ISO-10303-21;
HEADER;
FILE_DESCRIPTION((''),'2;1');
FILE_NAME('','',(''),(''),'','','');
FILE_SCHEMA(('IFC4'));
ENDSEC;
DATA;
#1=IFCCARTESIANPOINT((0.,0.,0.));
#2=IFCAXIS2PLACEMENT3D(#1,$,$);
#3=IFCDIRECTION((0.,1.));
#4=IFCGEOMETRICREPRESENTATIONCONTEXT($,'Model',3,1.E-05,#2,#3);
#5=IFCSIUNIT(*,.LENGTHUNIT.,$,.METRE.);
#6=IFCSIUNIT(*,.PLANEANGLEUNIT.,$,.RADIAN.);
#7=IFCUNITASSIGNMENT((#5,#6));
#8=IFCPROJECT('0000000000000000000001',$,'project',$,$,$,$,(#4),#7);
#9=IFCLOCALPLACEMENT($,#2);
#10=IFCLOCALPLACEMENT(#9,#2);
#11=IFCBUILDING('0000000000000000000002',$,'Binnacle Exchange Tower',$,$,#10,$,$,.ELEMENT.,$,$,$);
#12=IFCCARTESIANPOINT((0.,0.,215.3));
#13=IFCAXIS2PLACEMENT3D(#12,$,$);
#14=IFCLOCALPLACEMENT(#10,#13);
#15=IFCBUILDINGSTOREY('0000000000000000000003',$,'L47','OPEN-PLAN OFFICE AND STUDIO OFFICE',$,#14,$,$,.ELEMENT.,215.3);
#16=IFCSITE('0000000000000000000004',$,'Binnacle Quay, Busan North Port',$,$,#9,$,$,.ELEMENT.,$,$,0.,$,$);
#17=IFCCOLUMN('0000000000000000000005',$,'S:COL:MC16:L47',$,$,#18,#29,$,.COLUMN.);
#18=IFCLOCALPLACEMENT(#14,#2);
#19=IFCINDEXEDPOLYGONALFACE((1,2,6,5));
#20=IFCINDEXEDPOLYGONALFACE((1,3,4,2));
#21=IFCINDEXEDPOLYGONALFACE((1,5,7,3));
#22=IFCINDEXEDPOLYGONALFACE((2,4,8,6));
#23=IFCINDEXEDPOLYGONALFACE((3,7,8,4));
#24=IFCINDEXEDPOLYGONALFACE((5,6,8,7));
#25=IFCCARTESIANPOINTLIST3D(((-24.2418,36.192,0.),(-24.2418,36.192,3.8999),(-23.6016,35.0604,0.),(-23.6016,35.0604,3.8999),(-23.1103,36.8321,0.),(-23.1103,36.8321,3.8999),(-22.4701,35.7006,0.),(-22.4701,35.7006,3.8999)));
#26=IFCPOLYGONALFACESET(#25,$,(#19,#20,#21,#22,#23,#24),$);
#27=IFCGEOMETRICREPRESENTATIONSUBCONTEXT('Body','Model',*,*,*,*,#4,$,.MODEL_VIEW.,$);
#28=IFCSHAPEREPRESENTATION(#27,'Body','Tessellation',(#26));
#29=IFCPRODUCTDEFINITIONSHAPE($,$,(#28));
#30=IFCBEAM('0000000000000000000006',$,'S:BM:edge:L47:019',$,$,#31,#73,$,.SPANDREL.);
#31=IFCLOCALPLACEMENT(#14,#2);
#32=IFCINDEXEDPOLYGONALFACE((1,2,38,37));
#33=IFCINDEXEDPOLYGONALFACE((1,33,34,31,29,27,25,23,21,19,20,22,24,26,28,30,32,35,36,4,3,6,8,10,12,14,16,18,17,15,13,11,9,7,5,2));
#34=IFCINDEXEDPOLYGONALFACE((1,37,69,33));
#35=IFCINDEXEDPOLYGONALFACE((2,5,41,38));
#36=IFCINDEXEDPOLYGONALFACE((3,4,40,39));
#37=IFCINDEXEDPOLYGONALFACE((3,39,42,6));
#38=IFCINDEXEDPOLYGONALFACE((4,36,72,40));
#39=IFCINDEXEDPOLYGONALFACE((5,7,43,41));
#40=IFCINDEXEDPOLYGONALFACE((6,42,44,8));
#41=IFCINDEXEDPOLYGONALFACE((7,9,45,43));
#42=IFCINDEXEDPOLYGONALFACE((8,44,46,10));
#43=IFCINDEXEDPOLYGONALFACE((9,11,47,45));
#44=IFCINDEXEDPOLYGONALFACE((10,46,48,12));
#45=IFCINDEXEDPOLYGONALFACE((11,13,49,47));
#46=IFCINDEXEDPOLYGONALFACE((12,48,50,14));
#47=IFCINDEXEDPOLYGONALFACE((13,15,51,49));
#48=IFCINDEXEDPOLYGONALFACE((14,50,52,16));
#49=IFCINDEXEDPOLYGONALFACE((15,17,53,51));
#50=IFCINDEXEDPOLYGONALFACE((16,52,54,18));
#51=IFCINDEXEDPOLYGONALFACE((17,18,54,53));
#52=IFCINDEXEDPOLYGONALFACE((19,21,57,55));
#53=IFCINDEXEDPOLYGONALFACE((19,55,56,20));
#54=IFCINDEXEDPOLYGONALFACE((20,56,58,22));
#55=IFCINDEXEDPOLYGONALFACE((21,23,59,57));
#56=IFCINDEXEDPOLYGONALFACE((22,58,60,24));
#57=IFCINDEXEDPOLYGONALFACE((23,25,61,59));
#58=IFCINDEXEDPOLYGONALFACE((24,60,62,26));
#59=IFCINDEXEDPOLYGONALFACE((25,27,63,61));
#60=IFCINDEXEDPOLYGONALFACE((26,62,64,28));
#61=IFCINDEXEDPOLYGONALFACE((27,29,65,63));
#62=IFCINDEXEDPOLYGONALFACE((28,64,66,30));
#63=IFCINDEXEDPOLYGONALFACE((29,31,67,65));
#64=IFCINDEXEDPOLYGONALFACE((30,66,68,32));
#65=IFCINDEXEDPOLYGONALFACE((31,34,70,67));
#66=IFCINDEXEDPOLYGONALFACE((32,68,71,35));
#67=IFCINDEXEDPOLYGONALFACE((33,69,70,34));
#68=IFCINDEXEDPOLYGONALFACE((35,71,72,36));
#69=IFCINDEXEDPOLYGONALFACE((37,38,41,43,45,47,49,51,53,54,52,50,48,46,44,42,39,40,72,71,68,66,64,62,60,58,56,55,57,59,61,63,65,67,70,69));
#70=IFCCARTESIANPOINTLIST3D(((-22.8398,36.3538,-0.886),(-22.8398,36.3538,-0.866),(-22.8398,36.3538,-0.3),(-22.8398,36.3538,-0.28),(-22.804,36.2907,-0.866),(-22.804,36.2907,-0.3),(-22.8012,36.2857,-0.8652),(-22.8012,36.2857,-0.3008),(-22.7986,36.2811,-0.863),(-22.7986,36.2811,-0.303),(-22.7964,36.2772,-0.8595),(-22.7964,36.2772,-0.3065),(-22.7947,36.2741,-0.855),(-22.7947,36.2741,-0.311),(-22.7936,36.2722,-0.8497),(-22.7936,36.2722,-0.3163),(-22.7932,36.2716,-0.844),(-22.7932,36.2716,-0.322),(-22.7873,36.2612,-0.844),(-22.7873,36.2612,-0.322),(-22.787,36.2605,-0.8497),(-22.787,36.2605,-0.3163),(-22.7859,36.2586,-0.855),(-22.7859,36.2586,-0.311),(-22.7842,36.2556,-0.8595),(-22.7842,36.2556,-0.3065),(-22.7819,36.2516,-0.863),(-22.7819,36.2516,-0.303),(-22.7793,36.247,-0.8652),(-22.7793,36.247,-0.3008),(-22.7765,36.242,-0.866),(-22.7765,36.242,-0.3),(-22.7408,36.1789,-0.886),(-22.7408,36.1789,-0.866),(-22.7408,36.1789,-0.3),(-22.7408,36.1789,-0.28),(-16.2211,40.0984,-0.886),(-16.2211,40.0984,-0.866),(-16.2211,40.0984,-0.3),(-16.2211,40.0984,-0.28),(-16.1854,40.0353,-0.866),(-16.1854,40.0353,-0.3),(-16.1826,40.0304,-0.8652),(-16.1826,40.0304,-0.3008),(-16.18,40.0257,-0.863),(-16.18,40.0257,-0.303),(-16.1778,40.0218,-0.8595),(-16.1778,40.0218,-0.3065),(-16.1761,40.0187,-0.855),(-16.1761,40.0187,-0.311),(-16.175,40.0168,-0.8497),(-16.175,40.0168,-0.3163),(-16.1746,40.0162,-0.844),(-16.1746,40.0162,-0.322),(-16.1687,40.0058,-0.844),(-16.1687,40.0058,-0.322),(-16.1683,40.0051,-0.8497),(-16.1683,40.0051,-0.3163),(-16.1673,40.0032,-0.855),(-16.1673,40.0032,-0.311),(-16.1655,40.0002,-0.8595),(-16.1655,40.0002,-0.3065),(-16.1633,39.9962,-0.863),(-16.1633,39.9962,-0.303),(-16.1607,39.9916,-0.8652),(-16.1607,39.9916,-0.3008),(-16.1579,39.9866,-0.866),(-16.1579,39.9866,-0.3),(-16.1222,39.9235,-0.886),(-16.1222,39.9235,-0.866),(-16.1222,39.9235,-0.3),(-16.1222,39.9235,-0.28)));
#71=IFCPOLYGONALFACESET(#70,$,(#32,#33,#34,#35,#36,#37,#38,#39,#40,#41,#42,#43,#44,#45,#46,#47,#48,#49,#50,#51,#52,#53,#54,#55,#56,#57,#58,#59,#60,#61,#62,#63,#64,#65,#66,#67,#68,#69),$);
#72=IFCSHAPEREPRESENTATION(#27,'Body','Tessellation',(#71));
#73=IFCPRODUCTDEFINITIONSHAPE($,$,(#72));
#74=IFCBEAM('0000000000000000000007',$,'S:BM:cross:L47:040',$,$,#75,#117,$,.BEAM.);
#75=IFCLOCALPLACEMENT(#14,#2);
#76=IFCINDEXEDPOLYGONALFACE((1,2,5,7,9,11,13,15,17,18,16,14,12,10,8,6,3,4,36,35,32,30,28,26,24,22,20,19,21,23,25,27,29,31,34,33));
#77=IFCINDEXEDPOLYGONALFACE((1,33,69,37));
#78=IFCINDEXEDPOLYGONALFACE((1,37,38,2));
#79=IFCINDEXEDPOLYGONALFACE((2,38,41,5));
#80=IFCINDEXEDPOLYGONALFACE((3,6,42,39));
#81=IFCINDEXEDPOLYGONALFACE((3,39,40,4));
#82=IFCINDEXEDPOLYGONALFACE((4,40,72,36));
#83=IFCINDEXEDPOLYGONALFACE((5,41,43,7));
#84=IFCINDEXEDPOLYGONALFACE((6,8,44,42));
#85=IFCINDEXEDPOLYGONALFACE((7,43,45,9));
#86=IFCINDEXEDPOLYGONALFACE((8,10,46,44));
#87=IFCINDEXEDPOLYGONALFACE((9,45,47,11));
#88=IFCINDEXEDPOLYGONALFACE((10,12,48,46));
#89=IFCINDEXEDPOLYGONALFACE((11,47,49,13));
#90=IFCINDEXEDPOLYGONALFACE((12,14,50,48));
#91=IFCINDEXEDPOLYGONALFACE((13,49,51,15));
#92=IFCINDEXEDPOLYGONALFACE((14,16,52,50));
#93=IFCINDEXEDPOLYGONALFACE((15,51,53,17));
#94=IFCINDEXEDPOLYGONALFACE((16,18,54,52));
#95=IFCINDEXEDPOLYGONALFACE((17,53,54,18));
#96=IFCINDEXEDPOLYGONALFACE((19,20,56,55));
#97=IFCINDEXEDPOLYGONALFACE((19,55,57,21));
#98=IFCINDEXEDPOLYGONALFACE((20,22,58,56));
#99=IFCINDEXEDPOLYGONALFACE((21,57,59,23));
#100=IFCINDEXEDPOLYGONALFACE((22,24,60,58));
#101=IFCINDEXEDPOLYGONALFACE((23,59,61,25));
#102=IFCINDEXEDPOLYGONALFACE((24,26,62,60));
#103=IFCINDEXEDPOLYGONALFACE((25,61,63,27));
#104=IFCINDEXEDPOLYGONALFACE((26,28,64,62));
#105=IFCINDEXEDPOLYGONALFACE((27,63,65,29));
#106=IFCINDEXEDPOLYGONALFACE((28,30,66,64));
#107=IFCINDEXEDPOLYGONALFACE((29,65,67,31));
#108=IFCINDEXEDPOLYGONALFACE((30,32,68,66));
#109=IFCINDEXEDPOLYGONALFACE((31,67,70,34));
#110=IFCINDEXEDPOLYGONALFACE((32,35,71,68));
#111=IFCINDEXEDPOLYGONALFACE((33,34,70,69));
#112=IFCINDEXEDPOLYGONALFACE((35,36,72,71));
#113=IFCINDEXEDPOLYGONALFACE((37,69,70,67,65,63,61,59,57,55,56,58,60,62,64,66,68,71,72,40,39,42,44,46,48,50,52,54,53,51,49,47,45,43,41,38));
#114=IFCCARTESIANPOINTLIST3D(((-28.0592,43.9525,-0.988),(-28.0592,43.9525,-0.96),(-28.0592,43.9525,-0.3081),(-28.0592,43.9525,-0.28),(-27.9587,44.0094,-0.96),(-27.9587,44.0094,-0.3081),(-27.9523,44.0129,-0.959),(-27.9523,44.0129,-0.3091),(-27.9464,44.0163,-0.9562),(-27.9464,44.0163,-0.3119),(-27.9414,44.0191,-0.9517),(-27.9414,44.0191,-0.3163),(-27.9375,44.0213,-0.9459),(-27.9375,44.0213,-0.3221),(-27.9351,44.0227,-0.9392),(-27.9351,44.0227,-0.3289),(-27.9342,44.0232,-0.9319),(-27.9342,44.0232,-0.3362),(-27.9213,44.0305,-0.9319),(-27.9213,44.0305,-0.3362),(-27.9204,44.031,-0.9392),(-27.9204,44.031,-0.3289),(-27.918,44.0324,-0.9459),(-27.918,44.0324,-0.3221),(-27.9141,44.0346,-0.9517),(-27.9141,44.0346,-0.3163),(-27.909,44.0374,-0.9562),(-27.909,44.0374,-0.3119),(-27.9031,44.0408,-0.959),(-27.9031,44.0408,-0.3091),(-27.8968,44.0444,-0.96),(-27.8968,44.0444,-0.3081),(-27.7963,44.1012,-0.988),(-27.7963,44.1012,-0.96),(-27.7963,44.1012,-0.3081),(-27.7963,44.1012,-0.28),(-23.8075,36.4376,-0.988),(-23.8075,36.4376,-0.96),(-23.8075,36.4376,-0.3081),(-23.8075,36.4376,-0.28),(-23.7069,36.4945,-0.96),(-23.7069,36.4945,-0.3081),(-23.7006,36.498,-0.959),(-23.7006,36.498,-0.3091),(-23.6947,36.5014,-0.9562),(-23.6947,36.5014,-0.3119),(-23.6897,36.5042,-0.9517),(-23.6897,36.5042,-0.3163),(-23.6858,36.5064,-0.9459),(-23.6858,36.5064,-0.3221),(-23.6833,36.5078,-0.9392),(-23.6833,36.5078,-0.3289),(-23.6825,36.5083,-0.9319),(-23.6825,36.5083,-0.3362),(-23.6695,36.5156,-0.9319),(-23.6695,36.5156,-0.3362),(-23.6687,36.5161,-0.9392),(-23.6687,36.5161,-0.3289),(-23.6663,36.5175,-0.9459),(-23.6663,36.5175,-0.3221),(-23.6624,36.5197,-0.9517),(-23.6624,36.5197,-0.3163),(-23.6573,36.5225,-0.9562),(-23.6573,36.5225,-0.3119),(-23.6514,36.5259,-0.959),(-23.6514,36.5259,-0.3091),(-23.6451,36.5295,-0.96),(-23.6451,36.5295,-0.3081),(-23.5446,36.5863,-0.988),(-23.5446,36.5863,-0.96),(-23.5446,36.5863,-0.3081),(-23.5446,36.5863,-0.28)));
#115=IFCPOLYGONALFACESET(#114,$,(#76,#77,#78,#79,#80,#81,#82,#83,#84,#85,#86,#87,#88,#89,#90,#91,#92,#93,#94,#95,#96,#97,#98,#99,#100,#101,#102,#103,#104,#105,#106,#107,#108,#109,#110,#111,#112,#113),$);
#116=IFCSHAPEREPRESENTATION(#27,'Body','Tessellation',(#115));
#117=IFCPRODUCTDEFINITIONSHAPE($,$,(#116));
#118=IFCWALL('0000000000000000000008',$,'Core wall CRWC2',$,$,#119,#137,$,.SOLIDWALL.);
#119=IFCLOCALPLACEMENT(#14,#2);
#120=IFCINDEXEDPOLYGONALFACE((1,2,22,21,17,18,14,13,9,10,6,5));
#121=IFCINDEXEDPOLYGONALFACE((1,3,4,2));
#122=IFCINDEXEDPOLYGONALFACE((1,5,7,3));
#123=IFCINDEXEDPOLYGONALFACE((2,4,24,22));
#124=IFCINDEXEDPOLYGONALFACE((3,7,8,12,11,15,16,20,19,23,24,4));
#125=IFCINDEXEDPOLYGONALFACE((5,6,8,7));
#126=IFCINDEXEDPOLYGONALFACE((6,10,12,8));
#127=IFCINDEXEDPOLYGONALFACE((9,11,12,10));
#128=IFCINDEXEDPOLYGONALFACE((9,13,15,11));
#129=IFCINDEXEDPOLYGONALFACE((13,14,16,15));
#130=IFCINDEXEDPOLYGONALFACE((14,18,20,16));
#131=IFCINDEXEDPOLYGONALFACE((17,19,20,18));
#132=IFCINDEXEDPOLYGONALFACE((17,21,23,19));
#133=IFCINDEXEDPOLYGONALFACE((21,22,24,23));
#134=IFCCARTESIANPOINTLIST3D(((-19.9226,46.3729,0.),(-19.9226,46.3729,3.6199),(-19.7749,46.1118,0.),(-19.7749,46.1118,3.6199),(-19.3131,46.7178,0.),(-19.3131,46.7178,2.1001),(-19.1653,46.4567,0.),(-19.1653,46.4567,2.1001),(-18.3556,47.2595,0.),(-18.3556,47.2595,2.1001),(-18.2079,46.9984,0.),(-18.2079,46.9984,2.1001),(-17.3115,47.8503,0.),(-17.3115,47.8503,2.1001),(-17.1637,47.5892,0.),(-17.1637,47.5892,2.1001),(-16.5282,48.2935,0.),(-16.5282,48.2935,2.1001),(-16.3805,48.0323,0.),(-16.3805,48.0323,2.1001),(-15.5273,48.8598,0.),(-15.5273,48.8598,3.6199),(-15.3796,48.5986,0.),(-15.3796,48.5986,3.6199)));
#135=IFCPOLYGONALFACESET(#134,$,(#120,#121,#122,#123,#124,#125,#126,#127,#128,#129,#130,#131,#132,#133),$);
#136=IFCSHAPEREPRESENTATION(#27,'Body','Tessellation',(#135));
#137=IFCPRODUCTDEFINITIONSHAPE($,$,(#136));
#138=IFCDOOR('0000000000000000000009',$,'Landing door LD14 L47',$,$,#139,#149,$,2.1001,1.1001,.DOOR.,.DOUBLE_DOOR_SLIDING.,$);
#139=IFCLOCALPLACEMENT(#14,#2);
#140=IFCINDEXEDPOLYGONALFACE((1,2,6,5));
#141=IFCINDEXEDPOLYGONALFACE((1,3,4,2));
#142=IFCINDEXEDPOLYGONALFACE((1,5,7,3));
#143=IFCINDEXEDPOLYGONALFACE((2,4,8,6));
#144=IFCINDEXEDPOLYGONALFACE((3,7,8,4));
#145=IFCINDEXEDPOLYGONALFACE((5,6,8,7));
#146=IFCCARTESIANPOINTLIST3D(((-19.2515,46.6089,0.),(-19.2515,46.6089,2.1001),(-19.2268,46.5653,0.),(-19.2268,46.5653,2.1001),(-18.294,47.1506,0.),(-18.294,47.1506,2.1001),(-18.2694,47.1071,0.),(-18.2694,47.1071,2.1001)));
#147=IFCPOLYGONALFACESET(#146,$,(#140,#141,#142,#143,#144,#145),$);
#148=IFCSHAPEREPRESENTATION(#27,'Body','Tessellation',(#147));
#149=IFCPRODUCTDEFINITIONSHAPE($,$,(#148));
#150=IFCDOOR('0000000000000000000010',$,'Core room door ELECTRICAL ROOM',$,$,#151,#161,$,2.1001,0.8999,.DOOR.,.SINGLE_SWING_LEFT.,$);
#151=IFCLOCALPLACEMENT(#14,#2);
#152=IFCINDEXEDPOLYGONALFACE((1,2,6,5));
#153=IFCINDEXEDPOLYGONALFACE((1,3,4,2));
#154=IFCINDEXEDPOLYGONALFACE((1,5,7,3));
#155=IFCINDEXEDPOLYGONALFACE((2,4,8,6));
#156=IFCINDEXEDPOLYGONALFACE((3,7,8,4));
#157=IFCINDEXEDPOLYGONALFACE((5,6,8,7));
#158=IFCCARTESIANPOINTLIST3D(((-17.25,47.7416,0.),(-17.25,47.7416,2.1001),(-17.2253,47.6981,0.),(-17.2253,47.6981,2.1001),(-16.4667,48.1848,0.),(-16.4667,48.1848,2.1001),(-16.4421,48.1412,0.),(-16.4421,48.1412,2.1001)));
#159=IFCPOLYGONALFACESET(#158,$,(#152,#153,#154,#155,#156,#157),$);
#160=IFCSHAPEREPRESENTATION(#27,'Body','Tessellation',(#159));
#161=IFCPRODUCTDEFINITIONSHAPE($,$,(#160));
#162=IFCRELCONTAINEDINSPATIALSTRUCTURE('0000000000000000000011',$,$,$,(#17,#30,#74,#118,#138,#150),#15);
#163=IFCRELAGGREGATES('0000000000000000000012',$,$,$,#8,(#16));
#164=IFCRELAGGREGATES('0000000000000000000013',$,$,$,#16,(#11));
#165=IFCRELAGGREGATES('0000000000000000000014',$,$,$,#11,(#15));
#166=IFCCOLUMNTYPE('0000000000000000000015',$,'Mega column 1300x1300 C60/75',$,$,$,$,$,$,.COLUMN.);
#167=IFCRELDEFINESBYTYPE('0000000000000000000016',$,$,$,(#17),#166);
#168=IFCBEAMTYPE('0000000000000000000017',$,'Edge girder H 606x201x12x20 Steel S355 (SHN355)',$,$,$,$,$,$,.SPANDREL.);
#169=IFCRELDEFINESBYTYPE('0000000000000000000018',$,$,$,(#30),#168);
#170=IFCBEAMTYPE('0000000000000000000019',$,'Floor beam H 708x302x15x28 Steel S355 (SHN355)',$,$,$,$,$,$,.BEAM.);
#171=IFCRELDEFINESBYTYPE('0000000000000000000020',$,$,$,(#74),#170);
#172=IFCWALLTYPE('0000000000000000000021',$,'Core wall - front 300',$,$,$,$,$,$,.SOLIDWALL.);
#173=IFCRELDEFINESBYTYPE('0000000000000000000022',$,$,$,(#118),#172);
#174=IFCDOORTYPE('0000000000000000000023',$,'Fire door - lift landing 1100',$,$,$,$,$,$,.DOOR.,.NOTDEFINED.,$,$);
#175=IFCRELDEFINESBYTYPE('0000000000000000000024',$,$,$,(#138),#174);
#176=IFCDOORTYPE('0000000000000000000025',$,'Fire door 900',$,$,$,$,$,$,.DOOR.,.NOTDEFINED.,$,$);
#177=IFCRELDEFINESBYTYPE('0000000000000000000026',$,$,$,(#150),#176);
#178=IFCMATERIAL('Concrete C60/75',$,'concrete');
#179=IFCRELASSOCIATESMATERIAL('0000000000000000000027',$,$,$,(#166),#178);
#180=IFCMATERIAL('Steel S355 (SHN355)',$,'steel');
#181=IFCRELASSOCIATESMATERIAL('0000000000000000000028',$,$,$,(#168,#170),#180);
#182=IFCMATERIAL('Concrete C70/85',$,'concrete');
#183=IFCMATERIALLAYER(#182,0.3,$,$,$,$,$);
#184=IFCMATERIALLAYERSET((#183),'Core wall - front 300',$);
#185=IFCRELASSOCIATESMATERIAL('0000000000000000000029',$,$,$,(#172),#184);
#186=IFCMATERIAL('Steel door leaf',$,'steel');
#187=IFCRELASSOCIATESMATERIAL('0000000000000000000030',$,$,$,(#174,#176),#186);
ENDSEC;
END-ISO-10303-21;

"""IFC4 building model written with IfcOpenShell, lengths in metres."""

from ifc_helpers import new_model, si_unit, direction, frame, frame_2d, origin, origin_2d, place, context, subcontext, project, spatial, rectangle, i_section, extrude, material, layer, layer_set, material_profile, profile_set, type_object, element, fill, save


model = new_model("IFC4")

# Units and contexts
model_context = context("Model", 3, precision=1e-05, world=origin(), true_north=direction((0.0, 1.0)))
body_context = subcontext(model_context, "Body", "Model", "MODEL_VIEW")
ifc_project = project(units=[si_unit("LENGTHUNIT", "METRE"), si_unit("PLANEANGLEUNIT", "RADIAN")], contexts=[model_context])

# Site, building, storey
site_placement = place(None, origin())
site = spatial("IfcSite", under=ifc_project, at=site_placement, Name="Binnacle Quay, Busan North Port", CompositionType="ELEMENT", RefElevation=0.0)
building_placement = place(site_placement, origin())
building = spatial("IfcBuilding", under=site, at=building_placement, Name="Binnacle Exchange Tower", CompositionType="ELEMENT")
storey_placement = place(building_placement, frame((0.0, 0.0, 215.3)))
storey = spatial("IfcBuildingStorey", under=building, at=storey_placement, Name="L47", Description="OPEN-PLAN OFFICE AND STUDIO OFFICE", CompositionType="ELEMENT", Elevation=215.3)

# Column
ifc_material_1 = material(Name="Concrete C60/75", Category="concrete")
ifc_material_profile_1 = material_profile(ifc_material_1, rectangle(XDim=1.3, YDim=1.3, at=origin_2d()), Name="Mega column 1300x1300 C60/75")
ifc_profile_set_1 = profile_set([ifc_material_profile_1], Name="Concrete C60/75")
column_type = type_object("IfcColumnType", Name="Mega column 1300x1300 C60/75", PredefinedType="COLUMN", material=ifc_profile_set_1)
column_placement = place(storey_placement, frame((-23.356, 35.9463, 0.0), z_axis=(0.0, 0.0, 1.0), x_axis=(0.870356, 0.492424, 0.0)))
element("IfcColumn", 1, at=column_placement, inside=storey, type_object=column_type, Name="S:COL:MC16:L47", PredefinedType="COLUMN", context=body_context, shape_type="SweptSolid", body=[
    extrude(rectangle(XDim=1.3, YDim=1.3, at=origin_2d()), origin(), (0.0, 0.0, 1.0), 3.8999),
])

# Beams
ifc_material_2 = material(Name="Steel S355 (SHN355)", Category="steel")
ifc_material_profile_2 = material_profile(ifc_material_2, i_section(OverallWidth=0.2009, OverallDepth=0.606, WebThickness=0.012, FlangeThickness=0.02, FilletRadius=0.022, at=origin_2d()), Name="H 606x201x12x20")
ifc_profile_set_2 = profile_set([ifc_material_profile_2], Name="Steel S355 (SHN355)")
beam_type_1 = type_object("IfcBeamType", Name="Edge girder H 606x201x12x20 Steel S355 (SHN355)", PredefinedType="SPANDREL", material=ifc_profile_set_2)
beam_1_placement = place(storey_placement, frame((-22.7903, 36.2664, -0.583), z_axis=(0.870357, 0.492421, 0.0), x_axis=(-0.492421, 0.870357, 0.0)))
element("IfcBeam", 2, at=beam_1_placement, inside=storey, type_object=beam_type_1, Name="S:BM:edge:L47:019", PredefinedType="SPANDREL", context=body_context, shape_type="SweptSolid", body=[
    extrude(i_section(OverallWidth=0.2009, OverallDepth=0.606, WebThickness=0.012, FlangeThickness=0.02, FilletRadius=0.022, at=origin_2d()), origin(), (0.0, 0.0, 1.0), 7.6045),
])
ifc_material_profile_3 = material_profile(ifc_material_2, i_section(OverallWidth=0.302, OverallDepth=0.708, WebThickness=0.0149, FlangeThickness=0.0281, FilletRadius=0.0281, at=origin_2d()), Name="H 708x302x15x28")
ifc_profile_set_3 = profile_set([ifc_material_profile_3], Name="Steel S355 (SHN355)")
beam_type_2 = type_object("IfcBeamType", Name="Floor beam H 708x302x15x28 Steel S355 (SHN355)", PredefinedType="BEAM", material=ifc_profile_set_3)
beam_2_placement = place(storey_placement, frame((-23.676, 36.512, -0.634), z_axis=(-0.492422, 0.870356, 0.0), x_axis=(-0.870356, -0.492422, 0.0)))
element("IfcBeam", 3, at=beam_2_placement, inside=storey, type_object=beam_type_2, Name="S:BM:cross:L47:040", PredefinedType="BEAM", context=body_context, shape_type="SweptSolid", body=[
    extrude(i_section(OverallWidth=0.302, OverallDepth=0.708, WebThickness=0.0149, FlangeThickness=0.0281, FilletRadius=0.0281, at=origin_2d()), origin(), (0.0, 0.0, 1.0), 8.6343),
])

# Wall, openings, doors
ifc_material_3 = material(Name="Concrete C70/85", Category="concrete")
ifc_layer_1 = layer(ifc_material_3, 0.3)
ifc_layer_set_1 = layer_set([ifc_layer_1], Name="Core wall - front 300")
wall_type_1 = type_object("IfcWallType", Name="Core wall - front 300", PredefinedType="SOLIDWALL", material=ifc_layer_set_1)
wall_1_placement = place(storey_placement, frame((-19.8486, 46.2424, 0.0), z_axis=(0.0, 0.0, 1.0), x_axis=(0.870348, 0.492438, 0.0)))
wall_1 = element("IfcWall", 4, at=wall_1_placement, inside=storey, type_object=wall_type_1, Name="Core wall CRWC2", PredefinedType="SOLIDWALL", context=body_context, shape_type="SweptSolid", body=[
    extrude(rectangle(XDim=5.05, YDim=0.3, at=frame_2d((2.5249, 0.0))), origin(), (0.0, 0.0, 1.0), 3.6199),
])
opening_1_placement = place(wall_1_placement, frame((0.7002, 0.0, 0.0)))
opening_1 = element("IfcOpeningElement", 5, at=opening_1_placement, cuts=wall_1, PredefinedType="OPENING", context=body_context, shape_type="SweptSolid", body=[
    extrude(rectangle(XDim=1.1001, YDim=2.1001, at=frame_2d((0.55, 1.05))), frame((0.0, 0.1599, 0.0), z_axis=(0.0, -1.0, 0.0), x_axis=(1.0, 0.0, 0.0)), (0.0, 0.0, 1.0), 0.3201),
])
opening_2_placement = place(wall_1_placement, frame((3.0, 0.0, 0.0)))
opening_2 = element("IfcOpeningElement", 6, at=opening_2_placement, cuts=wall_1, PredefinedType="OPENING", context=body_context, shape_type="SweptSolid", body=[
    extrude(rectangle(XDim=0.8999, YDim=2.1001, at=frame_2d((0.45, 1.05))), frame((0.0, 0.1599, 0.0), z_axis=(0.0, -1.0, 0.0), x_axis=(1.0, 0.0, 0.0)), (0.0, 0.0, 1.0), 0.3201),
])
ifc_material_4 = material(Name="Steel door leaf", Category="steel")
door_type_1 = type_object("IfcDoorType", Name="Fire door - lift landing 1100", OperationType="NOTDEFINED", PredefinedType="DOOR", material=ifc_material_4)
door_1_placement = place(opening_1_placement, origin())
door_1 = element("IfcDoor", 7, at=door_1_placement, inside=storey, type_object=door_type_1, Name="Landing door LD14 L47", OperationType="DOUBLE_DOOR_SLIDING", OverallHeight=2.1001, OverallWidth=1.1001, PredefinedType="DOOR", context=body_context, shape_type="SweptSolid", body=[
    extrude(rectangle(XDim=1.1001, YDim=2.1001, at=frame_2d((0.55, 1.05))), frame((0.0, 0.0249, 0.0), z_axis=(0.0, -1.0, 0.0), x_axis=(1.0, 0.0, 0.0)), (0.0, 0.0, 1.0), 0.05),
])
fill(opening_1, door_1)
door_type_2 = type_object("IfcDoorType", Name="Fire door 900", OperationType="NOTDEFINED", PredefinedType="DOOR", material=ifc_material_4)
door_2_placement = place(opening_2_placement, frame((0.8999, 0.0, 0.0), z_axis=(0.0, 0.0, 1.0), x_axis=(-1.0, 0.0, 0.0)))
door_2 = element("IfcDoor", 8, at=door_2_placement, inside=storey, type_object=door_type_2, Name="Core room door ELECTRICAL ROOM", OperationType="SINGLE_SWING_LEFT", OverallHeight=2.1001, OverallWidth=0.8999, PredefinedType="DOOR", context=body_context, shape_type="SweptSolid", body=[
    extrude(rectangle(XDim=0.8999, YDim=2.1001, at=frame_2d((0.45, 1.05))), frame((0.0, 0.0249, 0.0), z_axis=(0.0, -1.0, 0.0), x_axis=(1.0, 0.0, 0.0)), (0.0, 0.0, 1.0), 0.05),
])
fill(opening_2, door_2)

save(model, "model.ifc")
